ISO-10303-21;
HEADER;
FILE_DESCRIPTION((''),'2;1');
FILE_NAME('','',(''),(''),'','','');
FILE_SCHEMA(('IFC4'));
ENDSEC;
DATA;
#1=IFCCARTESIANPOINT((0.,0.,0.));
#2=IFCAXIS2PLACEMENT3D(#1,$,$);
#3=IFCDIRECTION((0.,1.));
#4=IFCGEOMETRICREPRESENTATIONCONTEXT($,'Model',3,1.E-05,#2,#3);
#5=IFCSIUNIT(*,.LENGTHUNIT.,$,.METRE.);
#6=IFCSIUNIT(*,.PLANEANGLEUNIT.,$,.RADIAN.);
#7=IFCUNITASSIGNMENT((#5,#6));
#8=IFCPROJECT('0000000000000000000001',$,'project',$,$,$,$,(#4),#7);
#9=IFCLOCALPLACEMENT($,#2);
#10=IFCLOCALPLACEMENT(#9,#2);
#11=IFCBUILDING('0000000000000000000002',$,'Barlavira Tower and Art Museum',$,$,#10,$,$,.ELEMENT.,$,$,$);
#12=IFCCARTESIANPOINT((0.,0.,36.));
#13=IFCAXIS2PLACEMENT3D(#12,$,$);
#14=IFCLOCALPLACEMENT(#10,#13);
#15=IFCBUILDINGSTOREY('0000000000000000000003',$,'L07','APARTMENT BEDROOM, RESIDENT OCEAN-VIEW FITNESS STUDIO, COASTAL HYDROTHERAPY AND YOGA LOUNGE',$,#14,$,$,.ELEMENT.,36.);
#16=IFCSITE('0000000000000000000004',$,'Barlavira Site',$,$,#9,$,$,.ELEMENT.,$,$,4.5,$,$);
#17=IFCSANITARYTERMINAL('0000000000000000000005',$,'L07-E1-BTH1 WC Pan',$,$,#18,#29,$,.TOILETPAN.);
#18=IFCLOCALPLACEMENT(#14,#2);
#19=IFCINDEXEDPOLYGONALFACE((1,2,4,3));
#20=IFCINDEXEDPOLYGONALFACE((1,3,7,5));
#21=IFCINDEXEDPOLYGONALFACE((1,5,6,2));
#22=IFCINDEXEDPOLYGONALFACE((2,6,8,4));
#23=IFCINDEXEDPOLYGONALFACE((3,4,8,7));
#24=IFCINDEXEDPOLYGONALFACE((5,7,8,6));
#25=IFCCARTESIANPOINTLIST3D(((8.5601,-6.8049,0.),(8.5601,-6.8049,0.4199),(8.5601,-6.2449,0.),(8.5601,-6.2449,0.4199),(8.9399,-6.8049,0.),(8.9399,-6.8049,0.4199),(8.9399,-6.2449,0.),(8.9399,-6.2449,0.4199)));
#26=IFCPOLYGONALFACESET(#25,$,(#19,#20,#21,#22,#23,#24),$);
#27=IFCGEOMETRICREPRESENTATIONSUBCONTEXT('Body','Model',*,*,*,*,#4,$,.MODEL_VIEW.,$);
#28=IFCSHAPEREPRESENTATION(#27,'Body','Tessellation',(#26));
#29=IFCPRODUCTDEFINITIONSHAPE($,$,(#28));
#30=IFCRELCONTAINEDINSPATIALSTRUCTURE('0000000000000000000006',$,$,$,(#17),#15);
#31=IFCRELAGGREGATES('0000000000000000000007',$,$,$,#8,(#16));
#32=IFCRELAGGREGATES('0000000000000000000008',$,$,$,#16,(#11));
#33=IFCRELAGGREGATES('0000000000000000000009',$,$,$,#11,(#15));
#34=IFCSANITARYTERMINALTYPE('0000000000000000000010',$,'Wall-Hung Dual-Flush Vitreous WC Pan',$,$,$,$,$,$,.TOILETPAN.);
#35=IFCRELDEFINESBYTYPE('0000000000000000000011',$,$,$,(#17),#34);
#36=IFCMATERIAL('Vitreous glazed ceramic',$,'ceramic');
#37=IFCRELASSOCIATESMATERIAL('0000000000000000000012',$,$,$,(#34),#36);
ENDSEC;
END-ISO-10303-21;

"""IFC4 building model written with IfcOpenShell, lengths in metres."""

from ifc_helpers import new_model, si_unit, direction, frame, origin, origin_2d, place, context, subcontext, project, spatial, rectangle, extrude, material, type_object, element, save


model = new_model("IFC4")

# Units and contexts
model_context = context("Model", 3, precision=1e-05, world=origin(), true_north=direction((0.0, 1.0)))
body_context = subcontext(model_context, "Body", "Model", "MODEL_VIEW")
ifc_project = project(units=[si_unit("LENGTHUNIT", "METRE"), si_unit("PLANEANGLEUNIT", "RADIAN")], contexts=[model_context])

# Site, building, storey
site_placement = place(None, origin())
site = spatial("IfcSite", under=ifc_project, at=site_placement, Name="Barlavira Site", CompositionType="ELEMENT", RefElevation=4.5)
building_placement = place(site_placement, origin())
building = spatial("IfcBuilding", under=site, at=building_placement, Name="Barlavira Tower and Art Museum", CompositionType="ELEMENT")
storey_placement = place(building_placement, frame((0.0, 0.0, 36.0)))
storey = spatial("IfcBuildingStorey", under=building, at=storey_placement, Name="L07", Description="APARTMENT BEDROOM, RESIDENT OCEAN-VIEW FITNESS STUDIO, COASTAL HYDROTHERAPY AND YOGA LOUNGE", CompositionType="ELEMENT", Elevation=36.0)

# Sanitary terminal
ifc_material_1 = material(Name="Vitreous glazed ceramic", Category="ceramic")
sanitary_terminal_type_1 = type_object("IfcSanitaryTerminalType", Name="Wall-Hung Dual-Flush Vitreous WC Pan", PredefinedType="TOILETPAN", material=ifc_material_1)
sanitary_terminal_1_placement = place(storey_placement, frame((8.75, -6.5249, 0.0), z_axis=(0.0, 0.0, 1.0), x_axis=(1.0, 0.0, 0.0)))
element("IfcSanitaryTerminal", 1, at=sanitary_terminal_1_placement, inside=storey, type_object=sanitary_terminal_type_1, Name="L07-E1-BTH1 WC Pan", PredefinedType="TOILETPAN", context=body_context, shape_type="SweptSolid", body=[
    extrude(rectangle(XDim=0.3799, YDim=0.5601, at=origin_2d()), origin(), (0.0, 0.0, 1.0), 0.4199),
])

save(model, "model.ifc")
